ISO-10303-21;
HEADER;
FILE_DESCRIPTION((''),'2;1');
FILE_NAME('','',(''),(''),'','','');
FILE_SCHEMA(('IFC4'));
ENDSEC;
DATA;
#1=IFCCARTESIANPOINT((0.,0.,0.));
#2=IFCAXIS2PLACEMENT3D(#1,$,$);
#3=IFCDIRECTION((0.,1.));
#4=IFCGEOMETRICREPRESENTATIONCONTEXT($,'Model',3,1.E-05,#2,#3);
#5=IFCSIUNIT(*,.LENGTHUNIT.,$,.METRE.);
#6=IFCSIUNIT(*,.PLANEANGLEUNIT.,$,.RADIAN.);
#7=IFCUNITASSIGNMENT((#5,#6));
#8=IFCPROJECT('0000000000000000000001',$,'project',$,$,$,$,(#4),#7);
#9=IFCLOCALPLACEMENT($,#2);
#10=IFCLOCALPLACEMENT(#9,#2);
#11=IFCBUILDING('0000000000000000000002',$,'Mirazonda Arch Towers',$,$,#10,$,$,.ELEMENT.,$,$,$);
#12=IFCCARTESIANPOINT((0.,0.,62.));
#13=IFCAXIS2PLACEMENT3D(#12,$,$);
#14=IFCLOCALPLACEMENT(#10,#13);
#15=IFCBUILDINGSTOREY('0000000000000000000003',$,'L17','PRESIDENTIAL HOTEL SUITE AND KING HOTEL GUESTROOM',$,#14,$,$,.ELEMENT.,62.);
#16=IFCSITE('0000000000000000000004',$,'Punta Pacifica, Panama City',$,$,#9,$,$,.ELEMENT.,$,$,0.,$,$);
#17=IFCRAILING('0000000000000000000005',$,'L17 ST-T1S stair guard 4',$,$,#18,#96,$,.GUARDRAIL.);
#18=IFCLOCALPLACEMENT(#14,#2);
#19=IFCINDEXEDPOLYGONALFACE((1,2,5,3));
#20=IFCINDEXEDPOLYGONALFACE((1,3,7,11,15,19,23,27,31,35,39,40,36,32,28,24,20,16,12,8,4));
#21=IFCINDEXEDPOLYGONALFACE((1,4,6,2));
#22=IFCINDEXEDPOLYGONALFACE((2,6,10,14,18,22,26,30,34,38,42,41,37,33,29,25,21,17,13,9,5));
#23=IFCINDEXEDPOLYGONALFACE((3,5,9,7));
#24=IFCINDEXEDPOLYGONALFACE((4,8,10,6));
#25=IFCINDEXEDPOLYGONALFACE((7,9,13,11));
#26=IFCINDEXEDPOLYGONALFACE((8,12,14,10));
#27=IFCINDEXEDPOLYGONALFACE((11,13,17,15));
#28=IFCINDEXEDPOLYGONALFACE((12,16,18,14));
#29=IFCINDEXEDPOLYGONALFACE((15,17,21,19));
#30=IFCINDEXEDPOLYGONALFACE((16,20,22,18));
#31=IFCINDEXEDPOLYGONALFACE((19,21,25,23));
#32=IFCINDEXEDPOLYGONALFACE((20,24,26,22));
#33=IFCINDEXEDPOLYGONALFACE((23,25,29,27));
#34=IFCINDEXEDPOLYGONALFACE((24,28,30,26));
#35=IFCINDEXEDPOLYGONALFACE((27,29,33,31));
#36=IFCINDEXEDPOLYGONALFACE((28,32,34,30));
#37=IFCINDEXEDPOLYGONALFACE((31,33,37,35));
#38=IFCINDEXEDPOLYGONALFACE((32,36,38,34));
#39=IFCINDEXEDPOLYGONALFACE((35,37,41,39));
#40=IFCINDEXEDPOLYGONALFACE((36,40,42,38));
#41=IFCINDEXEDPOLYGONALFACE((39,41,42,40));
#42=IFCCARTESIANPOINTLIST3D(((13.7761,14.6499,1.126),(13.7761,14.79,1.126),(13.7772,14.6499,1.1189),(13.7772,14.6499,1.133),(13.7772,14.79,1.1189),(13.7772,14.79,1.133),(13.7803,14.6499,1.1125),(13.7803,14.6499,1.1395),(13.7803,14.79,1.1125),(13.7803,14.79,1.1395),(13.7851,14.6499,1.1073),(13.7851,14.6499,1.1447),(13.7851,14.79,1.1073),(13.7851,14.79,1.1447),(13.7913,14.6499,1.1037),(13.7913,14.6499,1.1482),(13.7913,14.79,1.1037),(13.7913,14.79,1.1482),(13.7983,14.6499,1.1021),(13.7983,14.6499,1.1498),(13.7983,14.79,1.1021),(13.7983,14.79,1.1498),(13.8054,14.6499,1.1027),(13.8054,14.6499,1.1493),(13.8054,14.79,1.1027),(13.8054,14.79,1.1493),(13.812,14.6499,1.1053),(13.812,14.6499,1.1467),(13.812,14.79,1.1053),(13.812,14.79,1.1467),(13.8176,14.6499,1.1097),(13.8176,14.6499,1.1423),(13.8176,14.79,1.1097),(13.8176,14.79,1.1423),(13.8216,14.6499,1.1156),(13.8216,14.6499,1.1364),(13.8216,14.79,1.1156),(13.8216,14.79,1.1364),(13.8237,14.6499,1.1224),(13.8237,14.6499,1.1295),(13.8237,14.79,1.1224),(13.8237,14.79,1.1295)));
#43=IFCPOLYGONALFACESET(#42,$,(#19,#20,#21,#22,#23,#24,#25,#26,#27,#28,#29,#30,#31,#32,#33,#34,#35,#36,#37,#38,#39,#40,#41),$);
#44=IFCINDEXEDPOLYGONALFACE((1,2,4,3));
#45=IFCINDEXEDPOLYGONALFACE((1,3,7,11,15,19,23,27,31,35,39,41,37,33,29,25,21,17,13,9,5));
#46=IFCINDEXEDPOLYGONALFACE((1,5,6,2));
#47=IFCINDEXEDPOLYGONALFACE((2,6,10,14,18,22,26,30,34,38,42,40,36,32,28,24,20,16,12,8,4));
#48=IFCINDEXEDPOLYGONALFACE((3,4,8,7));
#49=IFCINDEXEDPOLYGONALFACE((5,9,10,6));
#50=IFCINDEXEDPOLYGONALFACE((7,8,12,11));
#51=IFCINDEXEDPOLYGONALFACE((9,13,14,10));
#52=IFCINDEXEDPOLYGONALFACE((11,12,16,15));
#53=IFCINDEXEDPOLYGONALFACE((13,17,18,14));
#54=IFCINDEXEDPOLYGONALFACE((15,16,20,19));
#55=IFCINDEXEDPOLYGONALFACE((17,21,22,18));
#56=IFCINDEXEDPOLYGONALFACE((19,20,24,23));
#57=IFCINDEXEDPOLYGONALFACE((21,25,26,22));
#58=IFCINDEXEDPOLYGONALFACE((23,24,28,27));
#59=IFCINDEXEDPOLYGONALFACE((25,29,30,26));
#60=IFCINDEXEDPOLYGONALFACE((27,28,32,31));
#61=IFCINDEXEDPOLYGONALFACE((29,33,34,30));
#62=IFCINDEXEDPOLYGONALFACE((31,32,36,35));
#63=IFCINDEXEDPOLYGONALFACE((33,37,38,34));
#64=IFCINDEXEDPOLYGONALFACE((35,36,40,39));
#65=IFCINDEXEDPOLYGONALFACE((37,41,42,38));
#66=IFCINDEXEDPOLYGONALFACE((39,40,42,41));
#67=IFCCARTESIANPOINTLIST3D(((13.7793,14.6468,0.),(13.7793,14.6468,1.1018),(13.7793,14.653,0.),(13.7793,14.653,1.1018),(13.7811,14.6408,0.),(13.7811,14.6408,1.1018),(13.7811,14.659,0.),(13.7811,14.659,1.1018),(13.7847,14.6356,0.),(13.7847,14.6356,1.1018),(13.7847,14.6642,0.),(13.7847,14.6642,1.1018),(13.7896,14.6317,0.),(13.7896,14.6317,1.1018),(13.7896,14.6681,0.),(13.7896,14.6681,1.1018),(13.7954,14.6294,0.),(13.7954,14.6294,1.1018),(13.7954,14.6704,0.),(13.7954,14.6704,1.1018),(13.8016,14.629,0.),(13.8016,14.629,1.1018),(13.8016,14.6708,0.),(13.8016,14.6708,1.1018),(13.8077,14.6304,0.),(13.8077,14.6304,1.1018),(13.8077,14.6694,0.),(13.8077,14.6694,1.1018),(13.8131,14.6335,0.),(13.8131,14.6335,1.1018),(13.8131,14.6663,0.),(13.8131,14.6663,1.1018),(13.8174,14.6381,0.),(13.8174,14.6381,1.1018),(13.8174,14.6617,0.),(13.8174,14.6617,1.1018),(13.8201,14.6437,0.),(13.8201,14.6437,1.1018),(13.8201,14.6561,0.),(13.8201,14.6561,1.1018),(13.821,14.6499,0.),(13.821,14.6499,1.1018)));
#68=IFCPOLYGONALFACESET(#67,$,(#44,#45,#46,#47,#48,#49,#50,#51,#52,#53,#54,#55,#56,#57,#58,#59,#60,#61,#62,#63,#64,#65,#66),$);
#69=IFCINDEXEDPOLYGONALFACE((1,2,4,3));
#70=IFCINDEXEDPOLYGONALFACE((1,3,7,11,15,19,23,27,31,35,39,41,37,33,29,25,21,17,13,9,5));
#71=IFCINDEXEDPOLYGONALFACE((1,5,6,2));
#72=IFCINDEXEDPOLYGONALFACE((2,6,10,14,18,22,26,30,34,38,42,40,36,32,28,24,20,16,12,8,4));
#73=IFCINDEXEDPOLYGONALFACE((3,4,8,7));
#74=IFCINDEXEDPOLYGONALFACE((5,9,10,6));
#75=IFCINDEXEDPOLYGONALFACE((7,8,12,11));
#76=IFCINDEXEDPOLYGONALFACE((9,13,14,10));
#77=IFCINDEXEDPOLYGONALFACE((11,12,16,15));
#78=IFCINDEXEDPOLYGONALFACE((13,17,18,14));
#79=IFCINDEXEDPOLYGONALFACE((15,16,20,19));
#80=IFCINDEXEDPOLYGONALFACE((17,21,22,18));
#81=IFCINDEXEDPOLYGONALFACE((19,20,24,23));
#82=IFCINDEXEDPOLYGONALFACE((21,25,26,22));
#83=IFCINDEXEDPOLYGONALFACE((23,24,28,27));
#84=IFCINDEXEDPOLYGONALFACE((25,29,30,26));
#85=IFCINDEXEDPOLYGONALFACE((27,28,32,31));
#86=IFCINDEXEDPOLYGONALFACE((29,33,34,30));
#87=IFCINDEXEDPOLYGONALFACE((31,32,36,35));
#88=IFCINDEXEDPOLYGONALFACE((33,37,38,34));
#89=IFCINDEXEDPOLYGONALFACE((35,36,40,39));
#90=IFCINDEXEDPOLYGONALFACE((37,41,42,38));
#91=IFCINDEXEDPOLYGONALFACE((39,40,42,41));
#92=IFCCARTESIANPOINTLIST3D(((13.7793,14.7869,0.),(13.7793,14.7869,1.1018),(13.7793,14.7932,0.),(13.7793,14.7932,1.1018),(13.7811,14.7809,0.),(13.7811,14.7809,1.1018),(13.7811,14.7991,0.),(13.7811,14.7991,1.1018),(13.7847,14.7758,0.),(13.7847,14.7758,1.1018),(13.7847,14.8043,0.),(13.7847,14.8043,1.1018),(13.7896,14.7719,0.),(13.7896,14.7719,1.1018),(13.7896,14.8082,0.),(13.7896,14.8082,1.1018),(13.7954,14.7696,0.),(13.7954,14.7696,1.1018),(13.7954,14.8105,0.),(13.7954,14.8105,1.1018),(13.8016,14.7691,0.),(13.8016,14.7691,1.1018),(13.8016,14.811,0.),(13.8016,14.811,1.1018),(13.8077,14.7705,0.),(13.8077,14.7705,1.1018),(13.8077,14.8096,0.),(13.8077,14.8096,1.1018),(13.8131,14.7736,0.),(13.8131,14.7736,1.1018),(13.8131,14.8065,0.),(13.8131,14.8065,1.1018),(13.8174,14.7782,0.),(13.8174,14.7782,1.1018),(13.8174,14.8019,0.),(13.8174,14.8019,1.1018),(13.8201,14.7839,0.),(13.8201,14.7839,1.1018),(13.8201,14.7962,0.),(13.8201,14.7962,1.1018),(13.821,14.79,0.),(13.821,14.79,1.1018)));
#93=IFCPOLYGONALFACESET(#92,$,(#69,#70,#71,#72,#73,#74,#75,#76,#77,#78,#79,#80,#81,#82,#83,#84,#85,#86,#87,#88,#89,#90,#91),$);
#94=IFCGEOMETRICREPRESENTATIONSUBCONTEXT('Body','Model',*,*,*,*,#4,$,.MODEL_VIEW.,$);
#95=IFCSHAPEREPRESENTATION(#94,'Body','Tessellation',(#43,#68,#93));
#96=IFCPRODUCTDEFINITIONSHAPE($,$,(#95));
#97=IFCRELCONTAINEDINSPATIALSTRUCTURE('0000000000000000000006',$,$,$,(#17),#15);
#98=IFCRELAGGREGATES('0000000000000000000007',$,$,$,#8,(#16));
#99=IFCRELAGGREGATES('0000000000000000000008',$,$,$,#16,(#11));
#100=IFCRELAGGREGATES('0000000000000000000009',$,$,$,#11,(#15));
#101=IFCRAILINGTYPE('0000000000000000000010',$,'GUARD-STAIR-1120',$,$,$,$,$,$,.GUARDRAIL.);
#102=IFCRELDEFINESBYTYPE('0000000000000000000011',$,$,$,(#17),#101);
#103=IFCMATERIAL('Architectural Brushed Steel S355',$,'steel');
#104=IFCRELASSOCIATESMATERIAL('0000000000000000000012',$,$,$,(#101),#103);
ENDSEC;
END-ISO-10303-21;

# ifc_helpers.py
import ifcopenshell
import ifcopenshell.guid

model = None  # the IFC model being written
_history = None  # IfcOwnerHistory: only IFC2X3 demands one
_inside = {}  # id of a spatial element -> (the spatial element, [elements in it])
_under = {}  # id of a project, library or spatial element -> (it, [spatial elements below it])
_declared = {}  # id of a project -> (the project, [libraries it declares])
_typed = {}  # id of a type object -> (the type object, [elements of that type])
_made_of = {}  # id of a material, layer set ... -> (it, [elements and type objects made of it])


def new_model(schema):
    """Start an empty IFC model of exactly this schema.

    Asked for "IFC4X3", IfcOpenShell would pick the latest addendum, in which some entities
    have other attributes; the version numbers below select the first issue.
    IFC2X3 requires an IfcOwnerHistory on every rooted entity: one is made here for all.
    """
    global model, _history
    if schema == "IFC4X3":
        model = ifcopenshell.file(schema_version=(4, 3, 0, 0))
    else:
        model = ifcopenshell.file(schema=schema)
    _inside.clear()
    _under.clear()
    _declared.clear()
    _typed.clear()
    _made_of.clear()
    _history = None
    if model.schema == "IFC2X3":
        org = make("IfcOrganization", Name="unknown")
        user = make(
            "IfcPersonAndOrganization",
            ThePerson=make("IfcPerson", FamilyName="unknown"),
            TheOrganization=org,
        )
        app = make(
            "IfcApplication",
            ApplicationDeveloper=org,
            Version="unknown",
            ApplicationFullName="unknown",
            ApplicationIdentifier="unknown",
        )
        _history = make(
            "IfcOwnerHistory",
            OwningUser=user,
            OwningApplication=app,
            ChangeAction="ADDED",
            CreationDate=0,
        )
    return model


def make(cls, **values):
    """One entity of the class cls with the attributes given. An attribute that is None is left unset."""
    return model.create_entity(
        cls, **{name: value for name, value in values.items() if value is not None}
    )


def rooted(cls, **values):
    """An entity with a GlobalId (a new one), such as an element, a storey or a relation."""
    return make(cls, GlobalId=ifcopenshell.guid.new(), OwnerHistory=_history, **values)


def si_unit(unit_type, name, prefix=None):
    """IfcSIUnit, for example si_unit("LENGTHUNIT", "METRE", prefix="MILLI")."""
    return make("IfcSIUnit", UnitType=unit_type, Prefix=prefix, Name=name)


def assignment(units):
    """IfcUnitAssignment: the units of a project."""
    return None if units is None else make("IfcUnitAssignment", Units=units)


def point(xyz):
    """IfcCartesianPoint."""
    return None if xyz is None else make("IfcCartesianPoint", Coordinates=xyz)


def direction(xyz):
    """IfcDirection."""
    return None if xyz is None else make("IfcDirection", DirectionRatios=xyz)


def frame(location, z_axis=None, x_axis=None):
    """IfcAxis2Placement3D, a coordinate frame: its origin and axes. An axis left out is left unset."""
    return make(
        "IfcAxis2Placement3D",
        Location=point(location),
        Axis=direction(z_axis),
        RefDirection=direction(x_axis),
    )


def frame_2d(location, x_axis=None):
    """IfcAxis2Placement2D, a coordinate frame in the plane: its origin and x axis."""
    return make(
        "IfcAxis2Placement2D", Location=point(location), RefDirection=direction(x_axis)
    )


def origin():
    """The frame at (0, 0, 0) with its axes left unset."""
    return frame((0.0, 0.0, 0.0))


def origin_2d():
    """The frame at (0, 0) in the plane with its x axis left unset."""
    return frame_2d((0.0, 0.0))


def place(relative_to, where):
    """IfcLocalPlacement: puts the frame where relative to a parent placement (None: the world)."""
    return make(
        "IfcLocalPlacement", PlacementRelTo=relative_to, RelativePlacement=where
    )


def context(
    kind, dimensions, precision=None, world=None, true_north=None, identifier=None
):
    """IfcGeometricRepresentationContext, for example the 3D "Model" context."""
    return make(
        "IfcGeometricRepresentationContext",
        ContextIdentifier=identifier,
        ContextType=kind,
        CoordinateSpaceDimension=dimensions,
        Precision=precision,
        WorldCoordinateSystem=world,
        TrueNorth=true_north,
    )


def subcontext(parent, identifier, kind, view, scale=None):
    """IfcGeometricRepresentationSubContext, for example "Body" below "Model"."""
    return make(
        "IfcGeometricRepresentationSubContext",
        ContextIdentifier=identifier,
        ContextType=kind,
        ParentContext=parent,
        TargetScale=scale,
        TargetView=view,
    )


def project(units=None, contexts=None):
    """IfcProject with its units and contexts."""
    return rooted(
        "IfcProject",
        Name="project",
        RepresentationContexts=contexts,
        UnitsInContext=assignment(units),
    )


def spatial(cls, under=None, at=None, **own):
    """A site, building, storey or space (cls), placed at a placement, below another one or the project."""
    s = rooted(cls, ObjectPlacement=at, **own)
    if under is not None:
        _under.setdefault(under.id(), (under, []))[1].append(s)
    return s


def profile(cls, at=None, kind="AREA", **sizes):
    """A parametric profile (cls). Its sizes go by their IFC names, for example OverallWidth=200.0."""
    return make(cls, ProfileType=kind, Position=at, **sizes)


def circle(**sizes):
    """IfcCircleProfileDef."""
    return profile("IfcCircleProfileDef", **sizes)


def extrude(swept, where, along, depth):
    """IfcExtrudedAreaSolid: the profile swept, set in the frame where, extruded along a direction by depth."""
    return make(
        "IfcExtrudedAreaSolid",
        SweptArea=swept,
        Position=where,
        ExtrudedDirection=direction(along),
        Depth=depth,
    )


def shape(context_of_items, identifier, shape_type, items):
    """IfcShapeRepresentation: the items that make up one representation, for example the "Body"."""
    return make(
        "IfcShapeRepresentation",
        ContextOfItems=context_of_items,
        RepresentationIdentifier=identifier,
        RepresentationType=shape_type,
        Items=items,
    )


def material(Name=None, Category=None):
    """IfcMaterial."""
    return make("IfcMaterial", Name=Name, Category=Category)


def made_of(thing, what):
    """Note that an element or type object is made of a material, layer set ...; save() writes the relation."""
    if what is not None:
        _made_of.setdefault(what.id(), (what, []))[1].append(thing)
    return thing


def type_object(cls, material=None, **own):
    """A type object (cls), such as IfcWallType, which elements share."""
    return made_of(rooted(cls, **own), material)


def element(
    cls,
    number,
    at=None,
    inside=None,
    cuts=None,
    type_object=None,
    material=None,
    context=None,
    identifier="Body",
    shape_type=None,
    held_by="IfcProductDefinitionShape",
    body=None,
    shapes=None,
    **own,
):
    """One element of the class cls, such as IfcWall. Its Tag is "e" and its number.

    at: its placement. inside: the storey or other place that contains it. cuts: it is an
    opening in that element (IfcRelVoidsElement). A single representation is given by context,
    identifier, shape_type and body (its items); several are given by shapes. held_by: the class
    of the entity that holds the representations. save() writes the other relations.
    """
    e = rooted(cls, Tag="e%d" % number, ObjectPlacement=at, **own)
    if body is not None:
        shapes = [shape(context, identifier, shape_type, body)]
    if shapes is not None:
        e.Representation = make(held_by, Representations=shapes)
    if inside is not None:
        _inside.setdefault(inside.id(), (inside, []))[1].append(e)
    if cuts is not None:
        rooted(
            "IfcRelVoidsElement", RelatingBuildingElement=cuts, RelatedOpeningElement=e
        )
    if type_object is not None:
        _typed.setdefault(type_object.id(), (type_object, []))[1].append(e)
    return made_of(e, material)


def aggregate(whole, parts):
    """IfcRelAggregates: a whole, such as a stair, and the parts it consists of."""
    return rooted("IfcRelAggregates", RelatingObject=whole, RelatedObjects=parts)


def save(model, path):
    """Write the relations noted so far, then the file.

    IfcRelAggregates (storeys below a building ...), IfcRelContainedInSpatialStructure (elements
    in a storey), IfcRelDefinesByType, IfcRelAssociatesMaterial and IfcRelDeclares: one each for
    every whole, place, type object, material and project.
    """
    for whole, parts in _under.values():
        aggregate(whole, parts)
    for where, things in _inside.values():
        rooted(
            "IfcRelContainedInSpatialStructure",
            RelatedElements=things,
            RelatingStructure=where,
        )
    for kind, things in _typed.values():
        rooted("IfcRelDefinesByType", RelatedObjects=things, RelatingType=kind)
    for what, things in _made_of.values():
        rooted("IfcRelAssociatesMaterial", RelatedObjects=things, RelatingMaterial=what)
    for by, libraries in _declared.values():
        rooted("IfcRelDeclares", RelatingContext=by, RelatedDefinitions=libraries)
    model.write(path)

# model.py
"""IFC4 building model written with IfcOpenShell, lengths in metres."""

from ifc_helpers import new_model, si_unit, direction, frame, origin, origin_2d, place, context, subcontext, project, spatial, circle, extrude, material, type_object, element, save


model = new_model("IFC4")

# Units and contexts
model_context = context("Model", 3, precision=1e-05, world=origin(), true_north=direction((0.0, 1.0)))
body_context = subcontext(model_context, "Body", "Model", "MODEL_VIEW")
ifc_project = project(units=[si_unit("LENGTHUNIT", "METRE"), si_unit("PLANEANGLEUNIT", "RADIAN")], contexts=[model_context])

# Site, building, storey
site_placement = place(None, origin())
site = spatial("IfcSite", under=ifc_project, at=site_placement, Name="Punta Pacifica, Panama City", CompositionType="ELEMENT", RefElevation=0.0)
building_placement = place(site_placement, origin())
building = spatial("IfcBuilding", under=site, at=building_placement, Name="Mirazonda Arch Towers", CompositionType="ELEMENT")
storey_placement = place(building_placement, frame((0.0, 0.0, 62.0)))
storey = spatial("IfcBuildingStorey", under=building, at=storey_placement, Name="L17", Description="PRESIDENTIAL HOTEL SUITE AND KING HOTEL GUESTROOM", CompositionType="ELEMENT", Elevation=62.0)

# Shared definitions
ifc_material_1 = material(Name="Architectural Brushed Steel S355", Category="steel")

# Railing
railing_type = type_object("IfcRailingType", Name="GUARD-STAIR-1120", PredefinedType="GUARDRAIL", material=ifc_material_1)
railing_placement = place(storey_placement, frame((13.8, 14.6499, 0.0)))
element("IfcRailing", 1, at=railing_placement, inside=storey, type_object=railing_type, Name="L17 ST-T1S stair guard 4", PredefinedType="GUARDRAIL", context=body_context, shape_type="SweptSolid", body=[
    extrude(circle(Radius=0.0239, at=origin_2d()), frame((0.0, 0.0, 1.126), z_axis=(0.0, 1.0, 0.0), x_axis=(-1.0, 0.0, 0.0)), (0.0, 0.0, 1.0), 0.1401),
    extrude(circle(Radius=0.021, at=origin_2d()), origin(), (0.0, 0.0, 1.0), 1.1018),
    extrude(circle(Radius=0.021, at=origin_2d()), frame((0.0, 0.1401, 0.0)), (0.0, 0.0, 1.0), 1.1018),
])

save(model, "model.ifc")
